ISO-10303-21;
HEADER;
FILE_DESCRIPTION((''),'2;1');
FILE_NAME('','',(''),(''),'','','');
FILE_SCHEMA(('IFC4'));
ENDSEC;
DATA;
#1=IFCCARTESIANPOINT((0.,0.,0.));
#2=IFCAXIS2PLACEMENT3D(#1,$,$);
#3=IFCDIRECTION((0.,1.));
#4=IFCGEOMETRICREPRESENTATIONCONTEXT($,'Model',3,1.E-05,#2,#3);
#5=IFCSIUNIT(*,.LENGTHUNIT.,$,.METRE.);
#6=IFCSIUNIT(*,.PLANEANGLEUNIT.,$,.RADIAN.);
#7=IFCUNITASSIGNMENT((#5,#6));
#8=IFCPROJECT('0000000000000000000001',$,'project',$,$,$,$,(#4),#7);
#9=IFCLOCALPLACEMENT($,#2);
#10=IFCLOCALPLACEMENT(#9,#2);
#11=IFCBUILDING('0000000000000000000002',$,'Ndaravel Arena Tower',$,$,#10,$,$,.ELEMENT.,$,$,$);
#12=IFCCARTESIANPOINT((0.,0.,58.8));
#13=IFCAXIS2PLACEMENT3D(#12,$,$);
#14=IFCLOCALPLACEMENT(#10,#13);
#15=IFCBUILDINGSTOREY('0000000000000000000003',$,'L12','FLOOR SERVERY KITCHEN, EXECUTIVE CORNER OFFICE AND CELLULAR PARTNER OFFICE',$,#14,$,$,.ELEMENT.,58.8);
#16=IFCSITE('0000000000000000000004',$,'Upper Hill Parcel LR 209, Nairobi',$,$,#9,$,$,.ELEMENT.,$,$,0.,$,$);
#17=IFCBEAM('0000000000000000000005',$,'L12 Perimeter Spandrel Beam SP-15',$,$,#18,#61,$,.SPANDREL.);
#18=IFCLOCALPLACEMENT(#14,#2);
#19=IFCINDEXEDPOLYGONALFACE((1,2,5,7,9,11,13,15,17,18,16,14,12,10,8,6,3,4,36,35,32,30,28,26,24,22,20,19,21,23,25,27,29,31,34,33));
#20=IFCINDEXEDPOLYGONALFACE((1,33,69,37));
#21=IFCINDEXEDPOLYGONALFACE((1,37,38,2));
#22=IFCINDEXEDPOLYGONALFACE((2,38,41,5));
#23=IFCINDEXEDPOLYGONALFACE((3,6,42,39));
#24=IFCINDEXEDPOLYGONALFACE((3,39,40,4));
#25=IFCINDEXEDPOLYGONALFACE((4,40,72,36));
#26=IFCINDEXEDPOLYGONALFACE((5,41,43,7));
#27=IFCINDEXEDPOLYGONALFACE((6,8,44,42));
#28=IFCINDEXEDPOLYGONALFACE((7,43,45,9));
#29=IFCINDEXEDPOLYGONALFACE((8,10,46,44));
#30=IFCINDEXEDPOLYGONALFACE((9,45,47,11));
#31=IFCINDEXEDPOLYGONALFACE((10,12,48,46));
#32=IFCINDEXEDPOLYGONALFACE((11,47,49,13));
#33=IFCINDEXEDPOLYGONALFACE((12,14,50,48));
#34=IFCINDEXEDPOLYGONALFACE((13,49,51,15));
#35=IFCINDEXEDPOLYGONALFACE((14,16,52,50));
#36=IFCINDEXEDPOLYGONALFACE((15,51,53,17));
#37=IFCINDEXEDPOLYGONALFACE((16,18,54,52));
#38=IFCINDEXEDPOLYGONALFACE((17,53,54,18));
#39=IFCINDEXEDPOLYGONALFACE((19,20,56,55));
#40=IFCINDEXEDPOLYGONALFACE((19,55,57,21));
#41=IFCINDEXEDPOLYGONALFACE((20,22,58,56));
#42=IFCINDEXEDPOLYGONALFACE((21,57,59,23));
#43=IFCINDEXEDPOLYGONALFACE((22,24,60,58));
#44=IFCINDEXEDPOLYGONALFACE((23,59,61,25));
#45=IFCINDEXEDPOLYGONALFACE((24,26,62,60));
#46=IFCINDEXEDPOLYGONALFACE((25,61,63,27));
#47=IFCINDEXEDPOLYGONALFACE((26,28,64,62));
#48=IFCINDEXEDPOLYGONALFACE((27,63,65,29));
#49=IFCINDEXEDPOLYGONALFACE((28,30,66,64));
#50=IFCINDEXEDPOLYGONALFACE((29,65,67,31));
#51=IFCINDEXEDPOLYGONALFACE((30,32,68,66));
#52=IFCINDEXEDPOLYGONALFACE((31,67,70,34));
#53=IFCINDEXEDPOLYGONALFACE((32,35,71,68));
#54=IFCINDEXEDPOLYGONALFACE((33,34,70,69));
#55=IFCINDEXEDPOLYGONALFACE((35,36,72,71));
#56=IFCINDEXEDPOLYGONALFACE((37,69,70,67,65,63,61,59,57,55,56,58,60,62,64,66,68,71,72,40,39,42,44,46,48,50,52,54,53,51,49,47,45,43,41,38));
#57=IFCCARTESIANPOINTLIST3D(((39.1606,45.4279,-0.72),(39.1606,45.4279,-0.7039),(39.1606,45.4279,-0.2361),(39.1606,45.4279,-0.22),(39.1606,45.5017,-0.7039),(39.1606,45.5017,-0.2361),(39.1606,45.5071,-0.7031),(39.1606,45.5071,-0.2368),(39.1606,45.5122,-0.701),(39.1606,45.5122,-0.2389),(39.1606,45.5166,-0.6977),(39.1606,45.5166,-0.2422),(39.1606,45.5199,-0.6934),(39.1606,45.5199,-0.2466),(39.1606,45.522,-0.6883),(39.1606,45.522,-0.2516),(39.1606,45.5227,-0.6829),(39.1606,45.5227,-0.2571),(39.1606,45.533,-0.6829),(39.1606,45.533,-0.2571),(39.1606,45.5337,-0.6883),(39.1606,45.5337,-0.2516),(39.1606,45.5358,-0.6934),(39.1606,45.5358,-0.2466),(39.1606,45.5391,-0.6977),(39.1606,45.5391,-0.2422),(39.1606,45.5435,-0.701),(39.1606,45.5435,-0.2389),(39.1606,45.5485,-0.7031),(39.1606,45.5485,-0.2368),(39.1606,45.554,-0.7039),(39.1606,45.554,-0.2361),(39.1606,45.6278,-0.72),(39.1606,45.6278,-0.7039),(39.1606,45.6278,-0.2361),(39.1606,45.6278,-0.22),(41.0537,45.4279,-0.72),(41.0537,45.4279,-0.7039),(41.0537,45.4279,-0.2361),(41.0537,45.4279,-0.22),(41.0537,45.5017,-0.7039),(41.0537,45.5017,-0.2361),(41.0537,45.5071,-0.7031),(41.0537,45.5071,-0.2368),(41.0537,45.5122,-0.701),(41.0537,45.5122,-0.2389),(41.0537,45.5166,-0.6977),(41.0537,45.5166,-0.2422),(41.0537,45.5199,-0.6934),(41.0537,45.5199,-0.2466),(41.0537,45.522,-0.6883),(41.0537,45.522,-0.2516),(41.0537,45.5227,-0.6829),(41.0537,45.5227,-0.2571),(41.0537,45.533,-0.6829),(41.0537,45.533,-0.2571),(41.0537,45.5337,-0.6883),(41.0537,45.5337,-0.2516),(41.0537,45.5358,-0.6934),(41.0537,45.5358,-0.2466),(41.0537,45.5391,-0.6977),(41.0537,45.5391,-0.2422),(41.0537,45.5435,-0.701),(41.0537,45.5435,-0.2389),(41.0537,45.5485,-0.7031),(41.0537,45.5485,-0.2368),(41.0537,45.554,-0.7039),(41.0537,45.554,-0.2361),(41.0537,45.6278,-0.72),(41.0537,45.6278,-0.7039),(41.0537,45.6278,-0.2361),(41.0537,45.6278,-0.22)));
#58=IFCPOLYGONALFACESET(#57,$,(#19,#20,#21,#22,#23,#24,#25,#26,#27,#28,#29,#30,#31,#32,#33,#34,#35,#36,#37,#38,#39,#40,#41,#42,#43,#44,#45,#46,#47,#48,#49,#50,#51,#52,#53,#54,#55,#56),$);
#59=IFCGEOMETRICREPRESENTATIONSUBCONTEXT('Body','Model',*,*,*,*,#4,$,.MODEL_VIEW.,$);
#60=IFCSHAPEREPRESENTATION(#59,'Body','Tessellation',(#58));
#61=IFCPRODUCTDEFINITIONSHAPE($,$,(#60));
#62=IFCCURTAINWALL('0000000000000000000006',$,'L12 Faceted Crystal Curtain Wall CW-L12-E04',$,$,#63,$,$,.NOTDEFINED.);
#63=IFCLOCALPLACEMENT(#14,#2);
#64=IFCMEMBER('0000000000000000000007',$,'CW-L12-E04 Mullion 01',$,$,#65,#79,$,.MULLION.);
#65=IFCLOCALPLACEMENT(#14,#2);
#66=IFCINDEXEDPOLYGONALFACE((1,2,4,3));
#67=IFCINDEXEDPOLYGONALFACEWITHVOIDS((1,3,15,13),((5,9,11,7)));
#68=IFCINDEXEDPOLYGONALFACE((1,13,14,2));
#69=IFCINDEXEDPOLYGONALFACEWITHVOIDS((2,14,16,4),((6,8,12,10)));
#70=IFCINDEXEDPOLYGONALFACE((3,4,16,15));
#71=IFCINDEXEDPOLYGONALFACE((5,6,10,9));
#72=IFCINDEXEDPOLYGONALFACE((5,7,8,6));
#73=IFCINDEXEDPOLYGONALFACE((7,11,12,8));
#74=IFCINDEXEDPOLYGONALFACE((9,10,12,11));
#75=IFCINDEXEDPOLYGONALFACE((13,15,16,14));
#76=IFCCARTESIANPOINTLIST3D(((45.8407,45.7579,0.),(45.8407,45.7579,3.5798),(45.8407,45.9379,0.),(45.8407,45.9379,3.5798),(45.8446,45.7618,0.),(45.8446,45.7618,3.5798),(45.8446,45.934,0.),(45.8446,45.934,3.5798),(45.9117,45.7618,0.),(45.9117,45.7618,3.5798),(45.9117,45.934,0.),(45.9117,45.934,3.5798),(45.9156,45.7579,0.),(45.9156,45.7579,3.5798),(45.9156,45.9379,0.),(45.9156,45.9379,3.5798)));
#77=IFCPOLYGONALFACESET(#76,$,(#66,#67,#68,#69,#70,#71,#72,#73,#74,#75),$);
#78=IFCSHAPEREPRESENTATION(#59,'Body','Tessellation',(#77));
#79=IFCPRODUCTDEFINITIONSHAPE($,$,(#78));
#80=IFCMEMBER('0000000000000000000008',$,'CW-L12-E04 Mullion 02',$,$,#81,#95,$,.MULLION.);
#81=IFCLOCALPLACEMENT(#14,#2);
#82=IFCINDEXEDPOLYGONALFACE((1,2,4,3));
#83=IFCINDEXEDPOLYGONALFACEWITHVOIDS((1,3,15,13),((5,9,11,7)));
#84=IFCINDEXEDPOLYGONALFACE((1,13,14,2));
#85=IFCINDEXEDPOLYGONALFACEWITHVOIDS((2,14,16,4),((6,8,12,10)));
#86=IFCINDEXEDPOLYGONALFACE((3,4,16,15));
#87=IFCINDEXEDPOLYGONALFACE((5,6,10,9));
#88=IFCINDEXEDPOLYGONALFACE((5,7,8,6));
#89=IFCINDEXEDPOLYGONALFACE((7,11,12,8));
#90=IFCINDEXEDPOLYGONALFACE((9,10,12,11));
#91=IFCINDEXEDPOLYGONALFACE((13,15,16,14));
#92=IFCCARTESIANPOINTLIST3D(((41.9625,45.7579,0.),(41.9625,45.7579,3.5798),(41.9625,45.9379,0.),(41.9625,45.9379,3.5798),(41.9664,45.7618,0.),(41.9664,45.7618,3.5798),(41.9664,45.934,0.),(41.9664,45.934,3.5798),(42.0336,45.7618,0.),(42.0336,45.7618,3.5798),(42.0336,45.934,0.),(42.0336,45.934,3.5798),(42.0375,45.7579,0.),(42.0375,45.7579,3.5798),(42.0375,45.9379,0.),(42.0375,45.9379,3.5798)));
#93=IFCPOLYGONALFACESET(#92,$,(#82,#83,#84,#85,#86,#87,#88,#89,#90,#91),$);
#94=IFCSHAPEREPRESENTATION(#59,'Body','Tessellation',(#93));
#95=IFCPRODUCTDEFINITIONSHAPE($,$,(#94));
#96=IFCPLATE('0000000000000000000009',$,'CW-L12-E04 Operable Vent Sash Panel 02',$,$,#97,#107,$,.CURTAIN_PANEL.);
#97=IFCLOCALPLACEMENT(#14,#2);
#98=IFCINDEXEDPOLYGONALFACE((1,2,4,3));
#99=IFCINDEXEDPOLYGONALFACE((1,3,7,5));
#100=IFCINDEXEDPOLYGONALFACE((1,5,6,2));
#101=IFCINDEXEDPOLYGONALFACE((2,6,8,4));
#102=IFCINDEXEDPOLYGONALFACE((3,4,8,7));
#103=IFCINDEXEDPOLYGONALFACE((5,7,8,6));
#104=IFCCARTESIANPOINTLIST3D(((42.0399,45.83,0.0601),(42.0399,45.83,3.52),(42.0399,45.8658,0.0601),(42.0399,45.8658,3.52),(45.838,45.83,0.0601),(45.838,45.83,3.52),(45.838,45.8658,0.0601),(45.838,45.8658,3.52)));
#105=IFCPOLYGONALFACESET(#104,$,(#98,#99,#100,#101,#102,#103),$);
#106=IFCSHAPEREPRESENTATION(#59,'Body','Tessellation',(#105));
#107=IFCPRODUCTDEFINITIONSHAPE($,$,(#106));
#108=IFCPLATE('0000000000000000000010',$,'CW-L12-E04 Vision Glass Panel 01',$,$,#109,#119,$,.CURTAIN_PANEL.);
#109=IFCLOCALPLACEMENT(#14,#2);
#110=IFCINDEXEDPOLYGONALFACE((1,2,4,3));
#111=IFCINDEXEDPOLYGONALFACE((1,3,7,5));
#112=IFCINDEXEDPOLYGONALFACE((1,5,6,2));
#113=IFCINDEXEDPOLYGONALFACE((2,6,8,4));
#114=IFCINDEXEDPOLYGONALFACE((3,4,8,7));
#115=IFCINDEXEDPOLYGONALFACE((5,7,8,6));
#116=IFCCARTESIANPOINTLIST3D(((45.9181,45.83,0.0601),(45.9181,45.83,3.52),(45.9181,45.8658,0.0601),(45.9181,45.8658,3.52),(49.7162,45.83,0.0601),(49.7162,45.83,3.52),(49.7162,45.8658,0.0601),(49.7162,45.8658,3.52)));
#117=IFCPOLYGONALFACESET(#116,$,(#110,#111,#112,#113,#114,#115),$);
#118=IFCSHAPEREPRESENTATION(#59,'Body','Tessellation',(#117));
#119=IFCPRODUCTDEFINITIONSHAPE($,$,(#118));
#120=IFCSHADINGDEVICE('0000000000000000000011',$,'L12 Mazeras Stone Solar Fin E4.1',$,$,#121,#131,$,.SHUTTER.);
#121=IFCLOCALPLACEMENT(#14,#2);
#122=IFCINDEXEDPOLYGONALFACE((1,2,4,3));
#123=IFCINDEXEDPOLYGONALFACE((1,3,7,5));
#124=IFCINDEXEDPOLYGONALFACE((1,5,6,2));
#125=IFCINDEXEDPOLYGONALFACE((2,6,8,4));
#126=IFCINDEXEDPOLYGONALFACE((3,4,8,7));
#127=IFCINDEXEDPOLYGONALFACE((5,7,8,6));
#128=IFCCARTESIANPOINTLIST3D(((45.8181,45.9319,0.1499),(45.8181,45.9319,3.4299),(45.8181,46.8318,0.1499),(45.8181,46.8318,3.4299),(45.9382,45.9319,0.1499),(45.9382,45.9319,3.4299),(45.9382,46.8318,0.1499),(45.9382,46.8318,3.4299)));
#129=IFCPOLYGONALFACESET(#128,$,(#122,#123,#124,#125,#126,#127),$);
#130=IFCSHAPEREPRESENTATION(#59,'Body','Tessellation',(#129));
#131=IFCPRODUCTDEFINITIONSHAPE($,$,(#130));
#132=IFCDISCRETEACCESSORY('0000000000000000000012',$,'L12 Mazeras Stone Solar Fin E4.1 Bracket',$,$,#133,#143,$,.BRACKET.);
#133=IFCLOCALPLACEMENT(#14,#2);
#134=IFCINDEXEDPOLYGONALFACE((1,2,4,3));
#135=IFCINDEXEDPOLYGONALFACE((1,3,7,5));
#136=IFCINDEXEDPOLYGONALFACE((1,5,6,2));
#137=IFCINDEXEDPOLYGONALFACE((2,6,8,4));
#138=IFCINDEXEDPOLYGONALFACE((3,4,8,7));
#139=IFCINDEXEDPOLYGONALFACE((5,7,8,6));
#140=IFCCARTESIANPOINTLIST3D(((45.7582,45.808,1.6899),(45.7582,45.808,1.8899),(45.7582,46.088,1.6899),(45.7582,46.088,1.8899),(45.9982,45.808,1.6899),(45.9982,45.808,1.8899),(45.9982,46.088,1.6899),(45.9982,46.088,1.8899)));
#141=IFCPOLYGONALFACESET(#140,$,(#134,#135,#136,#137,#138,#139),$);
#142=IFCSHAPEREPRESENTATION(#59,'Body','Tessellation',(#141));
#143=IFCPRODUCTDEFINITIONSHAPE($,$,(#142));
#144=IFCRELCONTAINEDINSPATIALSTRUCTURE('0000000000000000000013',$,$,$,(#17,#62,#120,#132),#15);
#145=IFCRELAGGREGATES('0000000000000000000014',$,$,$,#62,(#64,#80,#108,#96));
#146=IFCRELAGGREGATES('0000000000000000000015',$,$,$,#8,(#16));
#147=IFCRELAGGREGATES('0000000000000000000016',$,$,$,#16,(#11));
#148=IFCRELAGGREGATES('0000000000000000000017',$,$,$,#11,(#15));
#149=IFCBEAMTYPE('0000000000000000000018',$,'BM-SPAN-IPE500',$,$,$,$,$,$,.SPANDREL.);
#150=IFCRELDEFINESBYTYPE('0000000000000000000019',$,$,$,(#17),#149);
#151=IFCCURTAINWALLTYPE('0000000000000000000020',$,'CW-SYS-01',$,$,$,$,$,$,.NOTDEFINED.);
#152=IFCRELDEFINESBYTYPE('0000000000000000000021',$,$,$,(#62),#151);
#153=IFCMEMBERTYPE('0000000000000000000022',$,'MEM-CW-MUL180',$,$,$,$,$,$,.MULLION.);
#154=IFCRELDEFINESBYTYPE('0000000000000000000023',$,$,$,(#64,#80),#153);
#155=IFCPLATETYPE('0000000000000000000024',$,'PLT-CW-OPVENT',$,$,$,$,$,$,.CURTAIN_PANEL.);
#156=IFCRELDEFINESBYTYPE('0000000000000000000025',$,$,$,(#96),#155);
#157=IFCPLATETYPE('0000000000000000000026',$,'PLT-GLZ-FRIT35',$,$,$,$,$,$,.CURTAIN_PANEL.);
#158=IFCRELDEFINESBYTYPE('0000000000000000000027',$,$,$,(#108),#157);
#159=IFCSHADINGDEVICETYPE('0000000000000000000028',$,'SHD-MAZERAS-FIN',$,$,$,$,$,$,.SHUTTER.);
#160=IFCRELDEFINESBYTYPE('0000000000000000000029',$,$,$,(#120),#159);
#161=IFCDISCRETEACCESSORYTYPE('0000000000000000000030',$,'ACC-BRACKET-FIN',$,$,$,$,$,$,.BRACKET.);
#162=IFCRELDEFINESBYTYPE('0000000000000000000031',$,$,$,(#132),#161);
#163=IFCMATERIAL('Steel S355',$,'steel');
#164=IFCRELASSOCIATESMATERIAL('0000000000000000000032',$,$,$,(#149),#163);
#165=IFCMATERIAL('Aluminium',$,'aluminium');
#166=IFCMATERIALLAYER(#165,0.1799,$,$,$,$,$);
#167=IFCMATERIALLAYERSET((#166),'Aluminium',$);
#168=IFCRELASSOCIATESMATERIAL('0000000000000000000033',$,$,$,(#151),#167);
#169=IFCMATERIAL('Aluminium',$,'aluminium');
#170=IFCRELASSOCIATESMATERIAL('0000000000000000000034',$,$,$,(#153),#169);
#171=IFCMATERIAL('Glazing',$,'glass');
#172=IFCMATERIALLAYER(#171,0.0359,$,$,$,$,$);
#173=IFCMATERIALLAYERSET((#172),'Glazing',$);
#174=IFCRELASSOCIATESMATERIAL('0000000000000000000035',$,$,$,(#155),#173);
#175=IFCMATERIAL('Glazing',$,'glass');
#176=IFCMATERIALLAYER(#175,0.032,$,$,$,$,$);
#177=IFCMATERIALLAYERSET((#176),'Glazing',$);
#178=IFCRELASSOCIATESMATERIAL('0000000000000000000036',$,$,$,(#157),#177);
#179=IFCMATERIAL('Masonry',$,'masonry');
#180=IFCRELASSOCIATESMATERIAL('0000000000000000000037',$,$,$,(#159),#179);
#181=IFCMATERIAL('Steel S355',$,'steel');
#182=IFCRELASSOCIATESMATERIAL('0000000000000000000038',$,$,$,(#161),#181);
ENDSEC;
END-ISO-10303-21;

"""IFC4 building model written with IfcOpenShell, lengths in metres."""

from ifc_helpers import new_model, si_unit, direction, frame, origin, origin_2d, place, context, subcontext, project, spatial, rectangle, hollow_rectangle, i_section, extrude, material, layer, layer_set, material_profile, profile_set, type_object, element, aggregate, save


model = new_model("IFC4")

# Units and contexts
model_context = context("Model", 3, precision=1e-05, world=origin(), true_north=direction((0.0, 1.0)))
body_context = subcontext(model_context, "Body", "Model", "MODEL_VIEW")
ifc_project = project(units=[si_unit("LENGTHUNIT", "METRE"), si_unit("PLANEANGLEUNIT", "RADIAN")], contexts=[model_context])

# Site, building, storey
site_placement = place(None, origin())
site = spatial("IfcSite", under=ifc_project, at=site_placement, Name="Upper Hill Parcel LR 209, Nairobi", CompositionType="ELEMENT", RefElevation=0.0)
building_placement = place(site_placement, origin())
building = spatial("IfcBuilding", under=site, at=building_placement, Name="Ndaravel Arena Tower", CompositionType="ELEMENT")
storey_placement = place(building_placement, frame((0.0, 0.0, 58.8)))
storey = spatial("IfcBuildingStorey", under=building, at=storey_placement, Name="L12", Description="FLOOR SERVERY KITCHEN, EXECUTIVE CORNER OFFICE AND CELLULAR PARTNER OFFICE", CompositionType="ELEMENT", Elevation=58.8)

# Beam
ifc_material_1 = material(Name="Steel S355", Category="steel")
ifc_material_profile_1 = material_profile(ifc_material_1, i_section(OverallWidth=0.2, OverallDepth=0.5, WebThickness=0.0103, FlangeThickness=0.0161, FilletRadius=0.021, at=origin_2d()), Name="IPE 500")
ifc_profile_set_1 = profile_set([ifc_material_profile_1], Name="Steel S355")
beam_type_1 = type_object("IfcBeamType", Name="BM-SPAN-IPE500", PredefinedType="SPANDREL", material=ifc_profile_set_1)
beam_1_placement = place(storey_placement, frame((41.0537, 45.5278, -0.47), z_axis=(-1.0, 0.0, 0.0), x_axis=(0.0, -1.0, 0.0)))
element("IfcBeam", 1, at=beam_1_placement, inside=storey, type_object=beam_type_1, Name="L12 Perimeter Spandrel Beam SP-15", PredefinedType="SPANDREL", context=body_context, shape_type="SweptSolid", body=[
    extrude(i_section(OverallWidth=0.2, OverallDepth=0.5, WebThickness=0.0103, FlangeThickness=0.0161, FilletRadius=0.021, at=origin_2d()), origin(), (0.0, 0.0, 1.0), 1.8931),
])

# Curtain wall, members, plates
ifc_material_2 = material(Name="Aluminium", Category="aluminium")
ifc_layer_1 = layer(ifc_material_2, 0.1799)
ifc_layer_set_1 = layer_set([ifc_layer_1], Name="Aluminium")
curtain_wall_type = type_object("IfcCurtainWallType", Name="CW-SYS-01", PredefinedType="NOTDEFINED", material=ifc_layer_set_1)
curtain_wall_placement = place(storey_placement, origin())
curtain_wall = element("IfcCurtainWall", 2, at=curtain_wall_placement, inside=storey, type_object=curtain_wall_type, Name="L12 Faceted Crystal Curtain Wall CW-L12-E04", PredefinedType="NOTDEFINED")
ifc_material_3 = material(Name="Aluminium", Category="aluminium")
ifc_material_profile_2 = material_profile(ifc_material_3, hollow_rectangle(XDim=0.075, YDim=0.1799, WallThickness=0.0039, at=origin_2d()), Name="CW MULLION 75x180x4")
ifc_profile_set_2 = profile_set([ifc_material_profile_2], Name="Aluminium")
member_type = type_object("IfcMemberType", Name="MEM-CW-MUL180", PredefinedType="MULLION", material=ifc_profile_set_2)
member_1_placement = place(storey_placement, frame((45.8782, 45.8479, 0.0), z_axis=(0.0, 0.0, 1.0), x_axis=(-1.0, 0.0, 0.0)))
member_1 = element("IfcMember", 3, at=member_1_placement, type_object=member_type, Name="CW-L12-E04 Mullion 01", PredefinedType="MULLION", context=body_context, shape_type="SweptSolid", body=[
    extrude(hollow_rectangle(XDim=0.075, YDim=0.1799, WallThickness=0.0039, at=origin_2d()), origin(), (0.0, 0.0, 1.0), 3.5798),
])
member_2_placement = place(storey_placement, frame((42.0, 45.8479, 0.0), z_axis=(0.0, 0.0, 1.0), x_axis=(-1.0, 0.0, 0.0)))
member_2 = element("IfcMember", 4, at=member_2_placement, type_object=member_type, Name="CW-L12-E04 Mullion 02", PredefinedType="MULLION", context=body_context, shape_type="SweptSolid", body=[
    extrude(hollow_rectangle(XDim=0.075, YDim=0.1799, WallThickness=0.0039, at=origin_2d()), origin(), (0.0, 0.0, 1.0), 3.5798),
])
ifc_material_4 = material(Name="Glazing", Category="glass")
ifc_layer_2 = layer(ifc_material_4, 0.0359)
ifc_layer_set_2 = layer_set([ifc_layer_2], Name="Glazing")
plate_type_1 = type_object("IfcPlateType", Name="PLT-CW-OPVENT", PredefinedType="CURTAIN_PANEL", material=ifc_layer_set_2)
plate_1_placement = place(storey_placement, frame((43.939, 45.8479, 0.0601), z_axis=(0.0, 0.0, 1.0), x_axis=(-1.0, 0.0, 0.0)))
plate_1 = element("IfcPlate", 5, at=plate_1_placement, type_object=plate_type_1, Name="CW-L12-E04 Operable Vent Sash Panel 02", PredefinedType="CURTAIN_PANEL", context=body_context, shape_type="SweptSolid", body=[
    extrude(rectangle(XDim=3.7981, YDim=0.0359, at=origin_2d()), origin(), (0.0, 0.0, 1.0), 3.46),
])
ifc_material_5 = material(Name="Glazing", Category="glass")
ifc_layer_3 = layer(ifc_material_5, 0.032)
ifc_layer_set_3 = layer_set([ifc_layer_3], Name="Glazing")
plate_type_2 = type_object("IfcPlateType", Name="PLT-GLZ-FRIT35", PredefinedType="CURTAIN_PANEL", material=ifc_layer_set_3)
plate_2_placement = place(storey_placement, frame((47.8171, 45.8479, 0.0601), z_axis=(0.0, 0.0, 1.0), x_axis=(-1.0, 0.0, 0.0)))
plate_2 = element("IfcPlate", 6, at=plate_2_placement, type_object=plate_type_2, Name="CW-L12-E04 Vision Glass Panel 01", PredefinedType="CURTAIN_PANEL", context=body_context, shape_type="SweptSolid", body=[
    extrude(rectangle(XDim=3.7981, YDim=0.0359, at=origin_2d()), origin(), (0.0, 0.0, 1.0), 3.46),
])
aggregate(curtain_wall, [member_1, member_2, plate_2, plate_1])

# Shading device
ifc_material_6 = material(Name="Masonry", Category="masonry")
shading_device_type = type_object("IfcShadingDeviceType", Name="SHD-MAZERAS-FIN", PredefinedType="SHUTTER", material=ifc_material_6)
shading_device_placement = place(storey_placement, frame((45.8782, 46.3818, 0.1499), z_axis=(0.0, 0.0, 1.0), x_axis=(0.0, 1.0, 0.0)))
element("IfcShadingDevice", 7, at=shading_device_placement, inside=storey, type_object=shading_device_type, Name="L12 Mazeras Stone Solar Fin E4.1", PredefinedType="SHUTTER", context=body_context, shape_type="SweptSolid", body=[
    extrude(rectangle(XDim=0.8999, YDim=0.1201, at=origin_2d()), origin(), (0.0, 0.0, 1.0), 3.28),
])

# Discrete accessory
ifc_material_7 = material(Name="Steel S355", Category="steel")
discrete_accessory_type = type_object("IfcDiscreteAccessoryType", Name="ACC-BRACKET-FIN", PredefinedType="BRACKET", material=ifc_material_7)
discrete_accessory_placement = place(storey_placement, frame((45.8782, 45.948, 1.6899), z_axis=(0.0, 0.0, 1.0), x_axis=(0.0, 1.0, 0.0)))
element("IfcDiscreteAccessory", 8, at=discrete_accessory_placement, inside=storey, type_object=discrete_accessory_type, Name="L12 Mazeras Stone Solar Fin E4.1 Bracket", PredefinedType="BRACKET", context=body_context, shape_type="SweptSolid", body=[
    extrude(rectangle(XDim=0.28, YDim=0.24, at=origin_2d()), origin(), (0.0, 0.0, 1.0), 0.2),
])

save(model, "model.ifc")
